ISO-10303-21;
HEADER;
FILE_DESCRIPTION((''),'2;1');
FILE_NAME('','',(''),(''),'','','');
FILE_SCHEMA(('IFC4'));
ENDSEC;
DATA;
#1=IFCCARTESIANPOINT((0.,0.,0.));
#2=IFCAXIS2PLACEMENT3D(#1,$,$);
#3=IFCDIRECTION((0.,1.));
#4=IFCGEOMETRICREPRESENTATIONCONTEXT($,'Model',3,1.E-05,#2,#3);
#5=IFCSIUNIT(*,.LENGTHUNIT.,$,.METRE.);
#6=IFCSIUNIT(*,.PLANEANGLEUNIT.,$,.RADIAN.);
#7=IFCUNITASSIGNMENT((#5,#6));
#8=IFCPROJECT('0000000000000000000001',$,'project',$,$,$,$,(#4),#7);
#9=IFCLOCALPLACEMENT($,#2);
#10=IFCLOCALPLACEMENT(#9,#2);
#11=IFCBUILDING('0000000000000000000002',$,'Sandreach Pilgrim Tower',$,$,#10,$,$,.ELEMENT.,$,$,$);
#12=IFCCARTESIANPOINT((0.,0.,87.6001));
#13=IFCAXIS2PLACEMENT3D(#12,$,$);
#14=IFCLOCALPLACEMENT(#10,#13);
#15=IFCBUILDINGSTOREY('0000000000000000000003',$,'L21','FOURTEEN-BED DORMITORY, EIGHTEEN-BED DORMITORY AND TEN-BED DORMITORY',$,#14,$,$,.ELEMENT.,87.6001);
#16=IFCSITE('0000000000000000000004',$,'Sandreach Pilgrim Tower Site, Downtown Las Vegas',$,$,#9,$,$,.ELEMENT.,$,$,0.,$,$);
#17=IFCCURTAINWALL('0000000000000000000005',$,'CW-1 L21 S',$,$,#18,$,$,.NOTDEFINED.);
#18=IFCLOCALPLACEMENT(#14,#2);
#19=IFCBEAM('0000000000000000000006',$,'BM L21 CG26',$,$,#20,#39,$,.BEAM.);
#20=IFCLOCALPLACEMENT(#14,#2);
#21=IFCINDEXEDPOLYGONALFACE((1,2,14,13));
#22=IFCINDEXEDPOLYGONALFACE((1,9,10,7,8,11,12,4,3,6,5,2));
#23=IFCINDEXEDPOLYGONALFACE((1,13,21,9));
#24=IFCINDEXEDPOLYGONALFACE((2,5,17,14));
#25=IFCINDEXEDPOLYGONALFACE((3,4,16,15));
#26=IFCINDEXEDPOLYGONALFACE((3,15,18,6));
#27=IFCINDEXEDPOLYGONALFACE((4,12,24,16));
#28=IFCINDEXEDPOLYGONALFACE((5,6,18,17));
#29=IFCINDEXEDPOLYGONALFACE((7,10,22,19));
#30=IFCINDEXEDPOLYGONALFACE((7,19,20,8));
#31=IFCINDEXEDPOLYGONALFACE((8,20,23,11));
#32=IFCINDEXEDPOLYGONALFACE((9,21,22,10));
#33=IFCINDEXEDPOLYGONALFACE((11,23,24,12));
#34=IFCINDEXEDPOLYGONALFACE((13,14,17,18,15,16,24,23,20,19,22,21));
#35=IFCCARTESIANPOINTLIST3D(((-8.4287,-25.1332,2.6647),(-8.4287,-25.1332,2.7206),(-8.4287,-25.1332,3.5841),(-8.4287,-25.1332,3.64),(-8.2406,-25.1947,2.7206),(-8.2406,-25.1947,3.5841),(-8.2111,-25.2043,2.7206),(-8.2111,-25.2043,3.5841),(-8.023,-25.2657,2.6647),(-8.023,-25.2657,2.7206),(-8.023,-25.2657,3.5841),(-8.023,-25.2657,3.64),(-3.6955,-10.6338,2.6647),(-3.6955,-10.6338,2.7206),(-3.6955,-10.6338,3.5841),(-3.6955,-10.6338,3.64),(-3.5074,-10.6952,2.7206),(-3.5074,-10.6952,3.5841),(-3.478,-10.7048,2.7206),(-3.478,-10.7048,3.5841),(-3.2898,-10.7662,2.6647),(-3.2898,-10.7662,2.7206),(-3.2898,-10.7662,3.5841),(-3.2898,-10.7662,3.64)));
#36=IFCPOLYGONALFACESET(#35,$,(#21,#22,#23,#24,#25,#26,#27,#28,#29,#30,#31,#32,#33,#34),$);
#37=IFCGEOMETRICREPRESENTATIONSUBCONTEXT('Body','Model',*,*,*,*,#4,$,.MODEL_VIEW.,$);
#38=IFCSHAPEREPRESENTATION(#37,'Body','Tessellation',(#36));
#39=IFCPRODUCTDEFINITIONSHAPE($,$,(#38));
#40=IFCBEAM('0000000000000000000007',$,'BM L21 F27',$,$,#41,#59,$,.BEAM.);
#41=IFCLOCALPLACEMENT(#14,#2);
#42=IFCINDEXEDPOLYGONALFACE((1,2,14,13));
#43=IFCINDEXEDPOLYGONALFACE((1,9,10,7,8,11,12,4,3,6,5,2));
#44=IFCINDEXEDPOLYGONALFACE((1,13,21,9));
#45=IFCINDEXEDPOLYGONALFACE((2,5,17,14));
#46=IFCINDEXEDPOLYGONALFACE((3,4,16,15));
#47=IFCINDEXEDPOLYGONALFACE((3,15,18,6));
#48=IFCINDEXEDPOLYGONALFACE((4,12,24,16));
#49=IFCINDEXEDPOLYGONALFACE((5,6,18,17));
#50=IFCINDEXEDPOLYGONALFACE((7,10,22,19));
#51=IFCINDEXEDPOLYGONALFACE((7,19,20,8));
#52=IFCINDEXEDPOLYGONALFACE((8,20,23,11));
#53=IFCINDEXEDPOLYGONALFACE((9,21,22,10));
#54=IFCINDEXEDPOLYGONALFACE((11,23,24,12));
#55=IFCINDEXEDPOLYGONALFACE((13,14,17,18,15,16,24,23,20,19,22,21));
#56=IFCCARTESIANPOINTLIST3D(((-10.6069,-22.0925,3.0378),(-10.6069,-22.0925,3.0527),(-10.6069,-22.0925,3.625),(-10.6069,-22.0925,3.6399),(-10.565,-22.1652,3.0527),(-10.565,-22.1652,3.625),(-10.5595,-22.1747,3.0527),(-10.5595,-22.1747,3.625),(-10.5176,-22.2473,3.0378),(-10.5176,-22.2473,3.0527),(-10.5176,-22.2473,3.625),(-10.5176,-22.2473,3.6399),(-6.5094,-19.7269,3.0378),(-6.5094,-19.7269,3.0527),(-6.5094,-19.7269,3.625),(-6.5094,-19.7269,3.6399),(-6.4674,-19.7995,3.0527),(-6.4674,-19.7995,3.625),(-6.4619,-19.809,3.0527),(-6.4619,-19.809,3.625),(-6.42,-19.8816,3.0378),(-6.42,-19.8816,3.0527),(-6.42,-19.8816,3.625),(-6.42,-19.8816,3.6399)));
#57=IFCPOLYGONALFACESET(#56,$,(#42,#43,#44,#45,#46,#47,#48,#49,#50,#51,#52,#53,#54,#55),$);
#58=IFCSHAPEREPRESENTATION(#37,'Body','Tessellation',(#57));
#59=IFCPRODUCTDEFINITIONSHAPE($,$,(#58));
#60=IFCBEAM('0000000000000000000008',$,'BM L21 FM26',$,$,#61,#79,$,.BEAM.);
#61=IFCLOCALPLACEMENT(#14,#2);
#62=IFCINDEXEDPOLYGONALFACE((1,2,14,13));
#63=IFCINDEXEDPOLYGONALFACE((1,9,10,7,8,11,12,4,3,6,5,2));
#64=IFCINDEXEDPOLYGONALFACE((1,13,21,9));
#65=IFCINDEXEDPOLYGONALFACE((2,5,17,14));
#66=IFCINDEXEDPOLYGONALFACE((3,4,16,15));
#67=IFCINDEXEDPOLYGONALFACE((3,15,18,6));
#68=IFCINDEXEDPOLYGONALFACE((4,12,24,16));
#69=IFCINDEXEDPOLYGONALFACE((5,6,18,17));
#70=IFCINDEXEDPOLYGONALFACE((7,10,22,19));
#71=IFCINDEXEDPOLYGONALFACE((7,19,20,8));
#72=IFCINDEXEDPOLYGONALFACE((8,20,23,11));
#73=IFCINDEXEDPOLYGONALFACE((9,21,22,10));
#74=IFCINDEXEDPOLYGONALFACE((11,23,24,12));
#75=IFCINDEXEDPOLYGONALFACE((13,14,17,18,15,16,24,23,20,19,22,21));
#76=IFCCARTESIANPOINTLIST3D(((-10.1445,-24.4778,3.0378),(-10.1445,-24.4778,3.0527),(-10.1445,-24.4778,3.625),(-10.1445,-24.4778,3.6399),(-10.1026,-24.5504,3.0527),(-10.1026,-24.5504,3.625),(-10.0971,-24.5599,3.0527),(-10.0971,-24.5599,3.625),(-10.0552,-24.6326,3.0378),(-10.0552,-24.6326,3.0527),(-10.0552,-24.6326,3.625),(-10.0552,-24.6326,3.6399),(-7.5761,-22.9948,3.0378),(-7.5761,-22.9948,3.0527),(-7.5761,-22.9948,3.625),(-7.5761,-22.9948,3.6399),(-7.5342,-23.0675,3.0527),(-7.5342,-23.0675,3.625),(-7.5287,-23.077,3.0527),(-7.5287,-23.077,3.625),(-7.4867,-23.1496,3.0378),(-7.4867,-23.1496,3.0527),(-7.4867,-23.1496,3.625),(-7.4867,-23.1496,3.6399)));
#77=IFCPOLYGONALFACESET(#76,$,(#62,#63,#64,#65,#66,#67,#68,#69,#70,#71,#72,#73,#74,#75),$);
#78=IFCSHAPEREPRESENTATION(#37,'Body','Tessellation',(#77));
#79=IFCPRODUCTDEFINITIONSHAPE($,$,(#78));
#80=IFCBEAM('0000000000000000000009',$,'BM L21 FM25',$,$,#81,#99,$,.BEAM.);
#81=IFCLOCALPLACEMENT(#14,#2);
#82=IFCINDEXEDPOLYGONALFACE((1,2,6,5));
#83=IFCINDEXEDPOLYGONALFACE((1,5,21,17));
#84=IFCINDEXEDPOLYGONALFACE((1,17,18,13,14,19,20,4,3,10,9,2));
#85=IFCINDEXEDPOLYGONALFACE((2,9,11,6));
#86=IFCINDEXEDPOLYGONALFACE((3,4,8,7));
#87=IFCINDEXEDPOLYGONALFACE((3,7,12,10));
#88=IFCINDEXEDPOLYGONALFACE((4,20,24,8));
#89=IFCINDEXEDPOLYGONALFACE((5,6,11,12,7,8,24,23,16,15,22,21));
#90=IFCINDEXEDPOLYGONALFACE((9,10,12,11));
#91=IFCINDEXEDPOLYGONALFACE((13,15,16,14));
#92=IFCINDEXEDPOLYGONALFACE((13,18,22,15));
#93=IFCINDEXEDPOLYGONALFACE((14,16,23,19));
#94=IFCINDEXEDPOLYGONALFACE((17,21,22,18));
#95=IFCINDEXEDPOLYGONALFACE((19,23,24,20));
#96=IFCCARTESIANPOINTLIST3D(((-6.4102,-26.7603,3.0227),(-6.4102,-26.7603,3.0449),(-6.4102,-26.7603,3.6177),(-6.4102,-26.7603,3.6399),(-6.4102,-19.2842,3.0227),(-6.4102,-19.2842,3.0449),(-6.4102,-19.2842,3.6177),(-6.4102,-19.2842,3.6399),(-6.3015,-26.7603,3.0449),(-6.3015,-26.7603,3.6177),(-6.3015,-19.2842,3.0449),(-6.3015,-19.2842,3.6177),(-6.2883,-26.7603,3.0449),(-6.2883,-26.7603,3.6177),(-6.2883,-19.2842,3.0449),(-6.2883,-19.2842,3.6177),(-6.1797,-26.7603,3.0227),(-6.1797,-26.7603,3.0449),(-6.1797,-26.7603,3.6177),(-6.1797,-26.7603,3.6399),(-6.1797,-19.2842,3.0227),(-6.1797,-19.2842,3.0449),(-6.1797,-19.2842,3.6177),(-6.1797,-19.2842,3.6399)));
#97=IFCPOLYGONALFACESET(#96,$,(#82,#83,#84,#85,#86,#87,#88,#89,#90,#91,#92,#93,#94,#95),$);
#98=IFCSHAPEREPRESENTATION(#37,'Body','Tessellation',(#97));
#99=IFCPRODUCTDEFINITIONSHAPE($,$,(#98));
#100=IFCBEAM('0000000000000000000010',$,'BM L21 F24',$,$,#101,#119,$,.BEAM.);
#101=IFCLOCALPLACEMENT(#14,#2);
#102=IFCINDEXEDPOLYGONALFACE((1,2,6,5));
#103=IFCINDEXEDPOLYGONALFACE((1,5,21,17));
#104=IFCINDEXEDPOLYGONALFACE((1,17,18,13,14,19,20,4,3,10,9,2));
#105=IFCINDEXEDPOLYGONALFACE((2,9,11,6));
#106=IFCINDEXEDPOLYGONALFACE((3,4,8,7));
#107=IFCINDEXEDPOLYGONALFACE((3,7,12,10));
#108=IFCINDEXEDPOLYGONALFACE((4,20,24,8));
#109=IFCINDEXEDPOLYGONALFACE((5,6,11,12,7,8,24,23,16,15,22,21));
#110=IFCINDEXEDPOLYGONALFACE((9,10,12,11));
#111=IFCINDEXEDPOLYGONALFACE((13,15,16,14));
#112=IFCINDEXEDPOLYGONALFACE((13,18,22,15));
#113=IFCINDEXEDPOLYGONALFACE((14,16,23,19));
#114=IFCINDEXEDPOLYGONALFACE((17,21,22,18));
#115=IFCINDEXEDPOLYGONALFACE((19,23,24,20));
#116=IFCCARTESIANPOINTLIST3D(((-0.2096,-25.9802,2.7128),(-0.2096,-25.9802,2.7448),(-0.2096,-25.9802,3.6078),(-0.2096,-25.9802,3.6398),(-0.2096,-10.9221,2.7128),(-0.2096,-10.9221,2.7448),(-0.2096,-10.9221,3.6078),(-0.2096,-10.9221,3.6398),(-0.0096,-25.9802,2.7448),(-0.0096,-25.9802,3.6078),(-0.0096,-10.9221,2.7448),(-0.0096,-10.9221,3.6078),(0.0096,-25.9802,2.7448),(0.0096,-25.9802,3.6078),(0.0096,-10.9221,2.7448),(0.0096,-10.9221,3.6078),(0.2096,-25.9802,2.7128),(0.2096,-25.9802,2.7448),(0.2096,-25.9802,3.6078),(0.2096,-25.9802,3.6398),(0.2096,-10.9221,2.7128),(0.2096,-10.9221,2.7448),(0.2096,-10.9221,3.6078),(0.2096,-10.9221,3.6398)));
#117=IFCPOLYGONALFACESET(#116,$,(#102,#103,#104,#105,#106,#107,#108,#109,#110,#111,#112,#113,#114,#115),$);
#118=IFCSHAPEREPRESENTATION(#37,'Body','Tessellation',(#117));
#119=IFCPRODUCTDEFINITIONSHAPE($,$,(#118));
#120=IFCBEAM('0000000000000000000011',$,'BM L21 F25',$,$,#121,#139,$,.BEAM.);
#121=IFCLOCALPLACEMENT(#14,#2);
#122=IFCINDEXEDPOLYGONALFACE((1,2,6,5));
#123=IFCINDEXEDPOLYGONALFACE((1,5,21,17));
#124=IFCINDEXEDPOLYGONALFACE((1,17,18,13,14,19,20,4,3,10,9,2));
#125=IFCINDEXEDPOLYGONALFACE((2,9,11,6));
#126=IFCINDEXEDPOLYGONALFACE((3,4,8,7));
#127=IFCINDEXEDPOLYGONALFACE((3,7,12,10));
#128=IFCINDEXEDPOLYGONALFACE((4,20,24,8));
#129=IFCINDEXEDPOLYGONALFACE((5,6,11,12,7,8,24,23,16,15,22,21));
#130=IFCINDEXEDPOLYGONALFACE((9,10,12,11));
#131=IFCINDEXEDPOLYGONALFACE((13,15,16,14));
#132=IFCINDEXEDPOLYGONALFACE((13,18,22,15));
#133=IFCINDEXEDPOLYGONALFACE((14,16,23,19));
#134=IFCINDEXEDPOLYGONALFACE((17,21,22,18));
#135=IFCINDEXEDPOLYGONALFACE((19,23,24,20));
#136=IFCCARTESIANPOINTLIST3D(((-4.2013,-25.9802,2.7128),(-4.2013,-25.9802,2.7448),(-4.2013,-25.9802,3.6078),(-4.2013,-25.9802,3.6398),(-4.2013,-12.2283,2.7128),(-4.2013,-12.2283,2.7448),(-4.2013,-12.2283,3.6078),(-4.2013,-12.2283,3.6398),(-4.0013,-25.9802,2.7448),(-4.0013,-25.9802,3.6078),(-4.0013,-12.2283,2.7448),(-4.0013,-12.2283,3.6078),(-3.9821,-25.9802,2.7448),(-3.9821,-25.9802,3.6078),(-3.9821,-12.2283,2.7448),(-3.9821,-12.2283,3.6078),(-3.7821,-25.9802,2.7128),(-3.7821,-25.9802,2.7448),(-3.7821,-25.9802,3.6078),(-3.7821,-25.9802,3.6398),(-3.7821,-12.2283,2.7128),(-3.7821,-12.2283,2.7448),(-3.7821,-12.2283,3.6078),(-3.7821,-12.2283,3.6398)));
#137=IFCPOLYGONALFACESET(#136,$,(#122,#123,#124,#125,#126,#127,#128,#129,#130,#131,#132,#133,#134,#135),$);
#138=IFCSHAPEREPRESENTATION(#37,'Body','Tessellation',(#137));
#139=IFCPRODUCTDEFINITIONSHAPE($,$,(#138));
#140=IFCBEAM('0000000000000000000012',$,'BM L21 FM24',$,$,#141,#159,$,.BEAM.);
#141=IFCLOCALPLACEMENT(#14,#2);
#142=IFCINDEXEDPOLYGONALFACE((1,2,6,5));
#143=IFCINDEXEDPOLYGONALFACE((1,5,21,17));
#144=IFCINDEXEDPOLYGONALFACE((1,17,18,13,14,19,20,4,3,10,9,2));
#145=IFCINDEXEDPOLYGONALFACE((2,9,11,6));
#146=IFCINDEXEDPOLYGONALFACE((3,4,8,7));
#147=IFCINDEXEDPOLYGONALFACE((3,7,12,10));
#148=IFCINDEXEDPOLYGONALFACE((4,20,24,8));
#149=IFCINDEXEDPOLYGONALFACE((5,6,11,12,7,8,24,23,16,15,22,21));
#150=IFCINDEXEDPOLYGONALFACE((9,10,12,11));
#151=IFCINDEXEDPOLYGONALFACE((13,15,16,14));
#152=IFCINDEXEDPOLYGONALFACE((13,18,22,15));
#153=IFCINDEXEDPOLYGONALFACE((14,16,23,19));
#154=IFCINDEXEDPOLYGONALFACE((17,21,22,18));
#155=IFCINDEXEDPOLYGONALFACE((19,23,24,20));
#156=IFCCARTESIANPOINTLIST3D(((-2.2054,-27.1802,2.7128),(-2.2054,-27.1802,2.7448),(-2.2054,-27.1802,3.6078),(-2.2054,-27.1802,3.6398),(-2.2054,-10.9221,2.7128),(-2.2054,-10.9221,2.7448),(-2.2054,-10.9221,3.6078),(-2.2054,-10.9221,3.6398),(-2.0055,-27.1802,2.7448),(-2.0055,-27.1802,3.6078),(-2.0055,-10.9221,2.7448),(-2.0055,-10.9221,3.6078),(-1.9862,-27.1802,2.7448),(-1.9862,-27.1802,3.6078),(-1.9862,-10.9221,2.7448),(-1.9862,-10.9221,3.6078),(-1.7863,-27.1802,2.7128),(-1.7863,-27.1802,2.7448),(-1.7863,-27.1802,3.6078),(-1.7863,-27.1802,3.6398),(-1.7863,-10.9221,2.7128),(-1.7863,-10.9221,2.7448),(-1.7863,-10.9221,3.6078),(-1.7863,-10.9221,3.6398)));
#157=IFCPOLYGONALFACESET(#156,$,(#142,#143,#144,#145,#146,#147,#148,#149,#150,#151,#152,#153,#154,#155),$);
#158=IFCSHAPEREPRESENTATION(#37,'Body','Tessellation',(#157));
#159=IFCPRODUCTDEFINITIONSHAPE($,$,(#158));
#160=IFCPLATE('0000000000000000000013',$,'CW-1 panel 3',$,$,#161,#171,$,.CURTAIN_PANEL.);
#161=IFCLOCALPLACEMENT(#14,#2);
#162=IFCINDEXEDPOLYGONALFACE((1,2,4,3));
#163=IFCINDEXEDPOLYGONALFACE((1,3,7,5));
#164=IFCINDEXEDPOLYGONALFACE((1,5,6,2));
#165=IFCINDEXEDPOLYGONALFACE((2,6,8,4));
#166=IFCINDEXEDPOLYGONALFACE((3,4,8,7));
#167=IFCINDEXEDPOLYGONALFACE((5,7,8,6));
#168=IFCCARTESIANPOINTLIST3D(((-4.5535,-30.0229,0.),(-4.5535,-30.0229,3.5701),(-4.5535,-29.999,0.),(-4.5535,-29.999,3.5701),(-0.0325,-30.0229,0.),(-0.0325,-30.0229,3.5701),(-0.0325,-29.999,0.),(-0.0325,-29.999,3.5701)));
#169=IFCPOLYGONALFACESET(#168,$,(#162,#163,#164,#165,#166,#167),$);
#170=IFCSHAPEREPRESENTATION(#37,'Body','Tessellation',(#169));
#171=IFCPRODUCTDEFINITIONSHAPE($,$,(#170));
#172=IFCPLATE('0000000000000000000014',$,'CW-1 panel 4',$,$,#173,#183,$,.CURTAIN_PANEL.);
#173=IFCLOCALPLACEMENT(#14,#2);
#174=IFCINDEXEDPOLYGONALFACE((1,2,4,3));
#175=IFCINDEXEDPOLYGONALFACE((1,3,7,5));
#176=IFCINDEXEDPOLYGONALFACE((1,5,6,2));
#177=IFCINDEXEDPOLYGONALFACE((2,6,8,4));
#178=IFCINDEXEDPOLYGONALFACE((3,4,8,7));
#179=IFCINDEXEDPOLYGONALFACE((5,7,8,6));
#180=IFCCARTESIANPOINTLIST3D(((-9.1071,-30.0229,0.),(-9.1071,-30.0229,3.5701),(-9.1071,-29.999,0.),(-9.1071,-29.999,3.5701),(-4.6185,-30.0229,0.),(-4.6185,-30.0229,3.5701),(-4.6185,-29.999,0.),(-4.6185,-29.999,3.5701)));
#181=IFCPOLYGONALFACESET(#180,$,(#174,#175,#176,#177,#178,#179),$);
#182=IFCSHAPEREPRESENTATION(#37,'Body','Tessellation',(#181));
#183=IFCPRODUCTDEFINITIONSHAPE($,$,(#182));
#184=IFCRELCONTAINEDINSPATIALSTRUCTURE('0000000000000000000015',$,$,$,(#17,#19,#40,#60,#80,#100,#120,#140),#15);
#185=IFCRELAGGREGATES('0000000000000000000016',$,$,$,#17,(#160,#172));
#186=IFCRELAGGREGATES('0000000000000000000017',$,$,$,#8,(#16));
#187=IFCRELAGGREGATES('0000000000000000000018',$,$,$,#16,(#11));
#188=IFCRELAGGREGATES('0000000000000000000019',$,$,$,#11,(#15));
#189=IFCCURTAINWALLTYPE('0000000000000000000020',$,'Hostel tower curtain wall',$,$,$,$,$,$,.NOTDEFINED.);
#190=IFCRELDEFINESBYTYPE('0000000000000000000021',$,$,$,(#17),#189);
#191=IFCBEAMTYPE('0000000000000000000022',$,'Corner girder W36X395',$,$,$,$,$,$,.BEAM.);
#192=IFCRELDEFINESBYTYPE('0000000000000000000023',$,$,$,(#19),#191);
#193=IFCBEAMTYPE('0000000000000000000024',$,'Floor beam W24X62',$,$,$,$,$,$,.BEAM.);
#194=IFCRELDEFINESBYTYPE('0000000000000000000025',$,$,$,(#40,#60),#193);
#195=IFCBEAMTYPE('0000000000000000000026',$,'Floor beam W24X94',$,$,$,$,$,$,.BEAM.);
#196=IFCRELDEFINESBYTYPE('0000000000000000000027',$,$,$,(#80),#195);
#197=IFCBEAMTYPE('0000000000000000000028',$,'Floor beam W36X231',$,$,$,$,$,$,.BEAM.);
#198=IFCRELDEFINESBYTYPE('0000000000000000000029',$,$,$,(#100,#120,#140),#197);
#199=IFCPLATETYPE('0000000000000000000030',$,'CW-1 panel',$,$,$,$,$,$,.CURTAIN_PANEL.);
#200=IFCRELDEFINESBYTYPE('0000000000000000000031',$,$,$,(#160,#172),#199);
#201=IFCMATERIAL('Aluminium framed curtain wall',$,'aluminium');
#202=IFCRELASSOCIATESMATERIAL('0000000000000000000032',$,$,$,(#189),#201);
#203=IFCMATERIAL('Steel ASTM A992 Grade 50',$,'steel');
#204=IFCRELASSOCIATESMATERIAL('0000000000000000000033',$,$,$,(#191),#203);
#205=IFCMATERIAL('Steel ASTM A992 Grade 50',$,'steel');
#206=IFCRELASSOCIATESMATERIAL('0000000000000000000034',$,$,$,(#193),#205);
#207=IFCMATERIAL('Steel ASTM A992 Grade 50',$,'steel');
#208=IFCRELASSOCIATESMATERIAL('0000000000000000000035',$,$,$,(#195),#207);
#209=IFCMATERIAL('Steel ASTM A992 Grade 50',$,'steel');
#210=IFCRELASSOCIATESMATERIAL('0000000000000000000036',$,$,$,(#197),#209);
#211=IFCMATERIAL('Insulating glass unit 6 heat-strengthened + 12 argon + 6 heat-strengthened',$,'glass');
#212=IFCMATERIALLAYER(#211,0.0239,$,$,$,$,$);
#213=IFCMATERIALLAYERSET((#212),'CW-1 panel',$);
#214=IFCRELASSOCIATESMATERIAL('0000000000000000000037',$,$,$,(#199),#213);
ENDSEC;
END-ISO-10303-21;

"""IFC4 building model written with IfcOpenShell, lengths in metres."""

from ifc_helpers import new_model, si_unit, direction, frame, origin, origin_2d, place, context, subcontext, project, spatial, rectangle, i_section, extrude, material, layer, layer_set, material_profile, profile_set, type_object, element, aggregate, save


model = new_model("IFC4")

# Units and contexts
model_context = context("Model", 3, precision=1e-05, world=origin(), true_north=direction((0.0, 1.0)))
body_context = subcontext(model_context, "Body", "Model", "MODEL_VIEW")
ifc_project = project(units=[si_unit("LENGTHUNIT", "METRE"), si_unit("PLANEANGLEUNIT", "RADIAN")], contexts=[model_context])

# Site, building, storey
site_placement = place(None, origin())
site = spatial("IfcSite", under=ifc_project, at=site_placement, Name="Sandreach Pilgrim Tower Site, Downtown Las Vegas", CompositionType="ELEMENT", RefElevation=0.0)
building_placement = place(site_placement, origin())
building = spatial("IfcBuilding", under=site, at=building_placement, Name="Sandreach Pilgrim Tower", CompositionType="ELEMENT")
storey_placement = place(building_placement, frame((0.0, 0.0, 87.6001)))
storey = spatial("IfcBuildingStorey", under=building, at=storey_placement, Name="L21", Description="FOURTEEN-BED DORMITORY, EIGHTEEN-BED DORMITORY AND TEN-BED DORMITORY", CompositionType="ELEMENT", Elevation=87.6001)

# Curtain wall
ifc_material_1 = material(Name="Aluminium framed curtain wall", Category="aluminium")
curtain_wall_type = type_object("IfcCurtainWallType", Name="Hostel tower curtain wall", PredefinedType="NOTDEFINED", material=ifc_material_1)
curtain_wall_placement = place(storey_placement, origin())
curtain_wall = element("IfcCurtainWall", 1, at=curtain_wall_placement, inside=storey, type_object=curtain_wall_type, Name="CW-1 L21 S", PredefinedType="NOTDEFINED")

# Beams
ifc_material_2 = material(Name="Steel ASTM A992 Grade 50", Category="steel")
ifc_material_profile_1 = material_profile(ifc_material_2, i_section(OverallWidth=0.4268, OverallDepth=0.9753, WebThickness=0.031, FlangeThickness=0.0559, at=origin_2d()), Name="W36X395")
ifc_profile_set_1 = profile_set([ifc_material_profile_1], Name="Steel ASTM A992 Grade 50")
beam_type_1 = type_object("IfcBeamType", Name="Corner girder W36X395", PredefinedType="BEAM", material=ifc_profile_set_1)
beam_1_placement = place(storey_placement, frame((-8.2258, -25.1995, 3.1523), z_axis=(0.31032, 0.950632, 0.0), x_axis=(-0.950632, 0.31032, 0.0)))
element("IfcBeam", 2, at=beam_1_placement, inside=storey, type_object=beam_type_1, Name="BM L21 CG26", PredefinedType="BEAM", context=body_context, shape_type="SweptSolid", body=[
    extrude(i_section(OverallWidth=0.4268, OverallDepth=0.9753, WebThickness=0.031, FlangeThickness=0.0559, at=origin_2d()), origin(), (0.0, 0.0, 1.0), 15.2524),
])
ifc_material_3 = material(Name="Steel ASTM A992 Grade 50", Category="steel")
ifc_material_profile_2 = material_profile(ifc_material_3, i_section(OverallWidth=0.1787, OverallDepth=0.6021, WebThickness=0.011, FlangeThickness=0.0149, at=origin_2d()), Name="W24X62")
ifc_profile_set_2 = profile_set([ifc_material_profile_2], Name="Steel ASTM A992 Grade 50")
beam_type_2 = type_object("IfcBeamType", Name="Floor beam W24X62", PredefinedType="BEAM", material=ifc_profile_set_2)
beam_2_placement = place(storey_placement, frame((-10.5623, -22.1699, 3.3389), z_axis=(0.866031, 0.49999, 0.0), x_axis=(-0.49999, 0.866031, 0.0)))
element("IfcBeam", 3, at=beam_2_placement, inside=storey, type_object=beam_type_2, Name="BM L21 F27", PredefinedType="BEAM", context=body_context, shape_type="SweptSolid", body=[
    extrude(i_section(OverallWidth=0.1787, OverallDepth=0.6021, WebThickness=0.011, FlangeThickness=0.0149, at=origin_2d()), origin(), (0.0, 0.0, 1.0), 4.7314),
])
beam_3_placement = place(storey_placement, frame((-10.0999, -24.5552, 3.3389), z_axis=(0.866016, 0.500017, 0.0), x_axis=(-0.500017, 0.866016, 0.0)))
element("IfcBeam", 4, at=beam_3_placement, inside=storey, type_object=beam_type_2, Name="BM L21 FM26", PredefinedType="BEAM", context=body_context, shape_type="SweptSolid", body=[
    extrude(i_section(OverallWidth=0.1787, OverallDepth=0.6021, WebThickness=0.011, FlangeThickness=0.0149, at=origin_2d()), origin(), (0.0, 0.0, 1.0), 2.9658),
])
ifc_material_4 = material(Name="Steel ASTM A992 Grade 50", Category="steel")
ifc_material_profile_3 = material_profile(ifc_material_4, i_section(OverallWidth=0.2305, OverallDepth=0.6172, WebThickness=0.0132, FlangeThickness=0.0222, at=origin_2d()), Name="W24X94")
ifc_profile_set_3 = profile_set([ifc_material_profile_3], Name="Steel ASTM A992 Grade 50")
beam_type_3 = type_object("IfcBeamType", Name="Floor beam W24X94", PredefinedType="BEAM", material=ifc_profile_set_3)
beam_4_placement = place(storey_placement, frame((-6.2949, -26.7603, 3.3313), z_axis=(0.0, 1.0, 0.0), x_axis=(-1.0, 0.0, 0.0)))
element("IfcBeam", 5, at=beam_4_placement, inside=storey, type_object=beam_type_3, Name="BM L21 FM25", PredefinedType="BEAM", context=body_context, shape_type="SweptSolid", body=[
    extrude(i_section(OverallWidth=0.2305, OverallDepth=0.6172, WebThickness=0.0132, FlangeThickness=0.0222, at=origin_2d()), origin(), (0.0, 0.0, 1.0), 7.4761),
])
ifc_material_5 = material(Name="Steel ASTM A992 Grade 50", Category="steel")
ifc_material_profile_4 = material_profile(ifc_material_5, i_section(OverallWidth=0.4192, OverallDepth=0.927, WebThickness=0.0193, FlangeThickness=0.032, at=origin_2d()), Name="W36X231")
ifc_profile_set_4 = profile_set([ifc_material_profile_4], Name="Steel ASTM A992 Grade 50")
beam_type_4 = type_object("IfcBeamType", Name="Floor beam W36X231", PredefinedType="BEAM", material=ifc_profile_set_4)
beam_5_placement = place(storey_placement, frame((0.0, -25.9802, 3.1763), z_axis=(0.0, 1.0, 0.0), x_axis=(-1.0, 0.0, 0.0)))
element("IfcBeam", 6, at=beam_5_placement, inside=storey, type_object=beam_type_4, Name="BM L21 F24", PredefinedType="BEAM", context=body_context, shape_type="SweptSolid", body=[
    extrude(i_section(OverallWidth=0.4192, OverallDepth=0.927, WebThickness=0.0193, FlangeThickness=0.032, at=origin_2d()), origin(), (0.0, 0.0, 1.0), 15.0581),
])
beam_6_placement = place(storey_placement, frame((-3.9917, -25.9802, 3.1763), z_axis=(0.0, 1.0, 0.0), x_axis=(-1.0, 0.0, 0.0)))
element("IfcBeam", 7, at=beam_6_placement, inside=storey, type_object=beam_type_4, Name="BM L21 F25", PredefinedType="BEAM", context=body_context, shape_type="SweptSolid", body=[
    extrude(i_section(OverallWidth=0.4192, OverallDepth=0.927, WebThickness=0.0193, FlangeThickness=0.032, at=origin_2d()), origin(), (0.0, 0.0, 1.0), 13.752),
])
beam_7_placement = place(storey_placement, frame((-1.9958, -27.1802, 3.1763), z_axis=(0.0, 1.0, 0.0), x_axis=(-1.0, 0.0, 0.0)))
element("IfcBeam", 8, at=beam_7_placement, inside=storey, type_object=beam_type_4, Name="BM L21 FM24", PredefinedType="BEAM", context=body_context, shape_type="SweptSolid", body=[
    extrude(i_section(OverallWidth=0.4192, OverallDepth=0.927, WebThickness=0.0193, FlangeThickness=0.032, at=origin_2d()), origin(), (0.0, 0.0, 1.0), 16.2581),
])

# Plates
ifc_material_6 = material(Name="Insulating glass unit 6 heat-strengthened + 12 argon + 6 heat-strengthened", Category="glass")
ifc_layer_1 = layer(ifc_material_6, 0.0239)
ifc_layer_set_1 = layer_set([ifc_layer_1], Name="CW-1 panel")
plate_type = type_object("IfcPlateType", Name="CW-1 panel", PredefinedType="CURTAIN_PANEL", material=ifc_layer_set_1)
plate_1_placement = place(storey_placement, frame((-2.293, -30.011, 0.0), z_axis=(0.0, 0.0, 1.0), x_axis=(-1.0, 0.0, 0.0)))
plate_1 = element("IfcPlate", 9, at=plate_1_placement, type_object=plate_type, Name="CW-1 panel 3", PredefinedType="CURTAIN_PANEL", context=body_context, shape_type="SweptSolid", body=[
    extrude(rectangle(XDim=4.521, YDim=0.0239, at=origin_2d()), origin(), (0.0, 0.0, 1.0), 3.5701),
])
plate_2_placement = place(storey_placement, frame((-6.8628, -30.011, 0.0), z_axis=(0.0, 0.0, 1.0), x_axis=(-1.0, 0.0, 0.0)))
plate_2 = element("IfcPlate", 10, at=plate_2_placement, type_object=plate_type, Name="CW-1 panel 4", PredefinedType="CURTAIN_PANEL", context=body_context, shape_type="SweptSolid", body=[
    extrude(rectangle(XDim=4.4885, YDim=0.0239, at=origin_2d()), origin(), (0.0, 0.0, 1.0), 3.5701),
])
aggregate(curtain_wall, [plate_1, plate_2])

save(model, "model.ifc")
